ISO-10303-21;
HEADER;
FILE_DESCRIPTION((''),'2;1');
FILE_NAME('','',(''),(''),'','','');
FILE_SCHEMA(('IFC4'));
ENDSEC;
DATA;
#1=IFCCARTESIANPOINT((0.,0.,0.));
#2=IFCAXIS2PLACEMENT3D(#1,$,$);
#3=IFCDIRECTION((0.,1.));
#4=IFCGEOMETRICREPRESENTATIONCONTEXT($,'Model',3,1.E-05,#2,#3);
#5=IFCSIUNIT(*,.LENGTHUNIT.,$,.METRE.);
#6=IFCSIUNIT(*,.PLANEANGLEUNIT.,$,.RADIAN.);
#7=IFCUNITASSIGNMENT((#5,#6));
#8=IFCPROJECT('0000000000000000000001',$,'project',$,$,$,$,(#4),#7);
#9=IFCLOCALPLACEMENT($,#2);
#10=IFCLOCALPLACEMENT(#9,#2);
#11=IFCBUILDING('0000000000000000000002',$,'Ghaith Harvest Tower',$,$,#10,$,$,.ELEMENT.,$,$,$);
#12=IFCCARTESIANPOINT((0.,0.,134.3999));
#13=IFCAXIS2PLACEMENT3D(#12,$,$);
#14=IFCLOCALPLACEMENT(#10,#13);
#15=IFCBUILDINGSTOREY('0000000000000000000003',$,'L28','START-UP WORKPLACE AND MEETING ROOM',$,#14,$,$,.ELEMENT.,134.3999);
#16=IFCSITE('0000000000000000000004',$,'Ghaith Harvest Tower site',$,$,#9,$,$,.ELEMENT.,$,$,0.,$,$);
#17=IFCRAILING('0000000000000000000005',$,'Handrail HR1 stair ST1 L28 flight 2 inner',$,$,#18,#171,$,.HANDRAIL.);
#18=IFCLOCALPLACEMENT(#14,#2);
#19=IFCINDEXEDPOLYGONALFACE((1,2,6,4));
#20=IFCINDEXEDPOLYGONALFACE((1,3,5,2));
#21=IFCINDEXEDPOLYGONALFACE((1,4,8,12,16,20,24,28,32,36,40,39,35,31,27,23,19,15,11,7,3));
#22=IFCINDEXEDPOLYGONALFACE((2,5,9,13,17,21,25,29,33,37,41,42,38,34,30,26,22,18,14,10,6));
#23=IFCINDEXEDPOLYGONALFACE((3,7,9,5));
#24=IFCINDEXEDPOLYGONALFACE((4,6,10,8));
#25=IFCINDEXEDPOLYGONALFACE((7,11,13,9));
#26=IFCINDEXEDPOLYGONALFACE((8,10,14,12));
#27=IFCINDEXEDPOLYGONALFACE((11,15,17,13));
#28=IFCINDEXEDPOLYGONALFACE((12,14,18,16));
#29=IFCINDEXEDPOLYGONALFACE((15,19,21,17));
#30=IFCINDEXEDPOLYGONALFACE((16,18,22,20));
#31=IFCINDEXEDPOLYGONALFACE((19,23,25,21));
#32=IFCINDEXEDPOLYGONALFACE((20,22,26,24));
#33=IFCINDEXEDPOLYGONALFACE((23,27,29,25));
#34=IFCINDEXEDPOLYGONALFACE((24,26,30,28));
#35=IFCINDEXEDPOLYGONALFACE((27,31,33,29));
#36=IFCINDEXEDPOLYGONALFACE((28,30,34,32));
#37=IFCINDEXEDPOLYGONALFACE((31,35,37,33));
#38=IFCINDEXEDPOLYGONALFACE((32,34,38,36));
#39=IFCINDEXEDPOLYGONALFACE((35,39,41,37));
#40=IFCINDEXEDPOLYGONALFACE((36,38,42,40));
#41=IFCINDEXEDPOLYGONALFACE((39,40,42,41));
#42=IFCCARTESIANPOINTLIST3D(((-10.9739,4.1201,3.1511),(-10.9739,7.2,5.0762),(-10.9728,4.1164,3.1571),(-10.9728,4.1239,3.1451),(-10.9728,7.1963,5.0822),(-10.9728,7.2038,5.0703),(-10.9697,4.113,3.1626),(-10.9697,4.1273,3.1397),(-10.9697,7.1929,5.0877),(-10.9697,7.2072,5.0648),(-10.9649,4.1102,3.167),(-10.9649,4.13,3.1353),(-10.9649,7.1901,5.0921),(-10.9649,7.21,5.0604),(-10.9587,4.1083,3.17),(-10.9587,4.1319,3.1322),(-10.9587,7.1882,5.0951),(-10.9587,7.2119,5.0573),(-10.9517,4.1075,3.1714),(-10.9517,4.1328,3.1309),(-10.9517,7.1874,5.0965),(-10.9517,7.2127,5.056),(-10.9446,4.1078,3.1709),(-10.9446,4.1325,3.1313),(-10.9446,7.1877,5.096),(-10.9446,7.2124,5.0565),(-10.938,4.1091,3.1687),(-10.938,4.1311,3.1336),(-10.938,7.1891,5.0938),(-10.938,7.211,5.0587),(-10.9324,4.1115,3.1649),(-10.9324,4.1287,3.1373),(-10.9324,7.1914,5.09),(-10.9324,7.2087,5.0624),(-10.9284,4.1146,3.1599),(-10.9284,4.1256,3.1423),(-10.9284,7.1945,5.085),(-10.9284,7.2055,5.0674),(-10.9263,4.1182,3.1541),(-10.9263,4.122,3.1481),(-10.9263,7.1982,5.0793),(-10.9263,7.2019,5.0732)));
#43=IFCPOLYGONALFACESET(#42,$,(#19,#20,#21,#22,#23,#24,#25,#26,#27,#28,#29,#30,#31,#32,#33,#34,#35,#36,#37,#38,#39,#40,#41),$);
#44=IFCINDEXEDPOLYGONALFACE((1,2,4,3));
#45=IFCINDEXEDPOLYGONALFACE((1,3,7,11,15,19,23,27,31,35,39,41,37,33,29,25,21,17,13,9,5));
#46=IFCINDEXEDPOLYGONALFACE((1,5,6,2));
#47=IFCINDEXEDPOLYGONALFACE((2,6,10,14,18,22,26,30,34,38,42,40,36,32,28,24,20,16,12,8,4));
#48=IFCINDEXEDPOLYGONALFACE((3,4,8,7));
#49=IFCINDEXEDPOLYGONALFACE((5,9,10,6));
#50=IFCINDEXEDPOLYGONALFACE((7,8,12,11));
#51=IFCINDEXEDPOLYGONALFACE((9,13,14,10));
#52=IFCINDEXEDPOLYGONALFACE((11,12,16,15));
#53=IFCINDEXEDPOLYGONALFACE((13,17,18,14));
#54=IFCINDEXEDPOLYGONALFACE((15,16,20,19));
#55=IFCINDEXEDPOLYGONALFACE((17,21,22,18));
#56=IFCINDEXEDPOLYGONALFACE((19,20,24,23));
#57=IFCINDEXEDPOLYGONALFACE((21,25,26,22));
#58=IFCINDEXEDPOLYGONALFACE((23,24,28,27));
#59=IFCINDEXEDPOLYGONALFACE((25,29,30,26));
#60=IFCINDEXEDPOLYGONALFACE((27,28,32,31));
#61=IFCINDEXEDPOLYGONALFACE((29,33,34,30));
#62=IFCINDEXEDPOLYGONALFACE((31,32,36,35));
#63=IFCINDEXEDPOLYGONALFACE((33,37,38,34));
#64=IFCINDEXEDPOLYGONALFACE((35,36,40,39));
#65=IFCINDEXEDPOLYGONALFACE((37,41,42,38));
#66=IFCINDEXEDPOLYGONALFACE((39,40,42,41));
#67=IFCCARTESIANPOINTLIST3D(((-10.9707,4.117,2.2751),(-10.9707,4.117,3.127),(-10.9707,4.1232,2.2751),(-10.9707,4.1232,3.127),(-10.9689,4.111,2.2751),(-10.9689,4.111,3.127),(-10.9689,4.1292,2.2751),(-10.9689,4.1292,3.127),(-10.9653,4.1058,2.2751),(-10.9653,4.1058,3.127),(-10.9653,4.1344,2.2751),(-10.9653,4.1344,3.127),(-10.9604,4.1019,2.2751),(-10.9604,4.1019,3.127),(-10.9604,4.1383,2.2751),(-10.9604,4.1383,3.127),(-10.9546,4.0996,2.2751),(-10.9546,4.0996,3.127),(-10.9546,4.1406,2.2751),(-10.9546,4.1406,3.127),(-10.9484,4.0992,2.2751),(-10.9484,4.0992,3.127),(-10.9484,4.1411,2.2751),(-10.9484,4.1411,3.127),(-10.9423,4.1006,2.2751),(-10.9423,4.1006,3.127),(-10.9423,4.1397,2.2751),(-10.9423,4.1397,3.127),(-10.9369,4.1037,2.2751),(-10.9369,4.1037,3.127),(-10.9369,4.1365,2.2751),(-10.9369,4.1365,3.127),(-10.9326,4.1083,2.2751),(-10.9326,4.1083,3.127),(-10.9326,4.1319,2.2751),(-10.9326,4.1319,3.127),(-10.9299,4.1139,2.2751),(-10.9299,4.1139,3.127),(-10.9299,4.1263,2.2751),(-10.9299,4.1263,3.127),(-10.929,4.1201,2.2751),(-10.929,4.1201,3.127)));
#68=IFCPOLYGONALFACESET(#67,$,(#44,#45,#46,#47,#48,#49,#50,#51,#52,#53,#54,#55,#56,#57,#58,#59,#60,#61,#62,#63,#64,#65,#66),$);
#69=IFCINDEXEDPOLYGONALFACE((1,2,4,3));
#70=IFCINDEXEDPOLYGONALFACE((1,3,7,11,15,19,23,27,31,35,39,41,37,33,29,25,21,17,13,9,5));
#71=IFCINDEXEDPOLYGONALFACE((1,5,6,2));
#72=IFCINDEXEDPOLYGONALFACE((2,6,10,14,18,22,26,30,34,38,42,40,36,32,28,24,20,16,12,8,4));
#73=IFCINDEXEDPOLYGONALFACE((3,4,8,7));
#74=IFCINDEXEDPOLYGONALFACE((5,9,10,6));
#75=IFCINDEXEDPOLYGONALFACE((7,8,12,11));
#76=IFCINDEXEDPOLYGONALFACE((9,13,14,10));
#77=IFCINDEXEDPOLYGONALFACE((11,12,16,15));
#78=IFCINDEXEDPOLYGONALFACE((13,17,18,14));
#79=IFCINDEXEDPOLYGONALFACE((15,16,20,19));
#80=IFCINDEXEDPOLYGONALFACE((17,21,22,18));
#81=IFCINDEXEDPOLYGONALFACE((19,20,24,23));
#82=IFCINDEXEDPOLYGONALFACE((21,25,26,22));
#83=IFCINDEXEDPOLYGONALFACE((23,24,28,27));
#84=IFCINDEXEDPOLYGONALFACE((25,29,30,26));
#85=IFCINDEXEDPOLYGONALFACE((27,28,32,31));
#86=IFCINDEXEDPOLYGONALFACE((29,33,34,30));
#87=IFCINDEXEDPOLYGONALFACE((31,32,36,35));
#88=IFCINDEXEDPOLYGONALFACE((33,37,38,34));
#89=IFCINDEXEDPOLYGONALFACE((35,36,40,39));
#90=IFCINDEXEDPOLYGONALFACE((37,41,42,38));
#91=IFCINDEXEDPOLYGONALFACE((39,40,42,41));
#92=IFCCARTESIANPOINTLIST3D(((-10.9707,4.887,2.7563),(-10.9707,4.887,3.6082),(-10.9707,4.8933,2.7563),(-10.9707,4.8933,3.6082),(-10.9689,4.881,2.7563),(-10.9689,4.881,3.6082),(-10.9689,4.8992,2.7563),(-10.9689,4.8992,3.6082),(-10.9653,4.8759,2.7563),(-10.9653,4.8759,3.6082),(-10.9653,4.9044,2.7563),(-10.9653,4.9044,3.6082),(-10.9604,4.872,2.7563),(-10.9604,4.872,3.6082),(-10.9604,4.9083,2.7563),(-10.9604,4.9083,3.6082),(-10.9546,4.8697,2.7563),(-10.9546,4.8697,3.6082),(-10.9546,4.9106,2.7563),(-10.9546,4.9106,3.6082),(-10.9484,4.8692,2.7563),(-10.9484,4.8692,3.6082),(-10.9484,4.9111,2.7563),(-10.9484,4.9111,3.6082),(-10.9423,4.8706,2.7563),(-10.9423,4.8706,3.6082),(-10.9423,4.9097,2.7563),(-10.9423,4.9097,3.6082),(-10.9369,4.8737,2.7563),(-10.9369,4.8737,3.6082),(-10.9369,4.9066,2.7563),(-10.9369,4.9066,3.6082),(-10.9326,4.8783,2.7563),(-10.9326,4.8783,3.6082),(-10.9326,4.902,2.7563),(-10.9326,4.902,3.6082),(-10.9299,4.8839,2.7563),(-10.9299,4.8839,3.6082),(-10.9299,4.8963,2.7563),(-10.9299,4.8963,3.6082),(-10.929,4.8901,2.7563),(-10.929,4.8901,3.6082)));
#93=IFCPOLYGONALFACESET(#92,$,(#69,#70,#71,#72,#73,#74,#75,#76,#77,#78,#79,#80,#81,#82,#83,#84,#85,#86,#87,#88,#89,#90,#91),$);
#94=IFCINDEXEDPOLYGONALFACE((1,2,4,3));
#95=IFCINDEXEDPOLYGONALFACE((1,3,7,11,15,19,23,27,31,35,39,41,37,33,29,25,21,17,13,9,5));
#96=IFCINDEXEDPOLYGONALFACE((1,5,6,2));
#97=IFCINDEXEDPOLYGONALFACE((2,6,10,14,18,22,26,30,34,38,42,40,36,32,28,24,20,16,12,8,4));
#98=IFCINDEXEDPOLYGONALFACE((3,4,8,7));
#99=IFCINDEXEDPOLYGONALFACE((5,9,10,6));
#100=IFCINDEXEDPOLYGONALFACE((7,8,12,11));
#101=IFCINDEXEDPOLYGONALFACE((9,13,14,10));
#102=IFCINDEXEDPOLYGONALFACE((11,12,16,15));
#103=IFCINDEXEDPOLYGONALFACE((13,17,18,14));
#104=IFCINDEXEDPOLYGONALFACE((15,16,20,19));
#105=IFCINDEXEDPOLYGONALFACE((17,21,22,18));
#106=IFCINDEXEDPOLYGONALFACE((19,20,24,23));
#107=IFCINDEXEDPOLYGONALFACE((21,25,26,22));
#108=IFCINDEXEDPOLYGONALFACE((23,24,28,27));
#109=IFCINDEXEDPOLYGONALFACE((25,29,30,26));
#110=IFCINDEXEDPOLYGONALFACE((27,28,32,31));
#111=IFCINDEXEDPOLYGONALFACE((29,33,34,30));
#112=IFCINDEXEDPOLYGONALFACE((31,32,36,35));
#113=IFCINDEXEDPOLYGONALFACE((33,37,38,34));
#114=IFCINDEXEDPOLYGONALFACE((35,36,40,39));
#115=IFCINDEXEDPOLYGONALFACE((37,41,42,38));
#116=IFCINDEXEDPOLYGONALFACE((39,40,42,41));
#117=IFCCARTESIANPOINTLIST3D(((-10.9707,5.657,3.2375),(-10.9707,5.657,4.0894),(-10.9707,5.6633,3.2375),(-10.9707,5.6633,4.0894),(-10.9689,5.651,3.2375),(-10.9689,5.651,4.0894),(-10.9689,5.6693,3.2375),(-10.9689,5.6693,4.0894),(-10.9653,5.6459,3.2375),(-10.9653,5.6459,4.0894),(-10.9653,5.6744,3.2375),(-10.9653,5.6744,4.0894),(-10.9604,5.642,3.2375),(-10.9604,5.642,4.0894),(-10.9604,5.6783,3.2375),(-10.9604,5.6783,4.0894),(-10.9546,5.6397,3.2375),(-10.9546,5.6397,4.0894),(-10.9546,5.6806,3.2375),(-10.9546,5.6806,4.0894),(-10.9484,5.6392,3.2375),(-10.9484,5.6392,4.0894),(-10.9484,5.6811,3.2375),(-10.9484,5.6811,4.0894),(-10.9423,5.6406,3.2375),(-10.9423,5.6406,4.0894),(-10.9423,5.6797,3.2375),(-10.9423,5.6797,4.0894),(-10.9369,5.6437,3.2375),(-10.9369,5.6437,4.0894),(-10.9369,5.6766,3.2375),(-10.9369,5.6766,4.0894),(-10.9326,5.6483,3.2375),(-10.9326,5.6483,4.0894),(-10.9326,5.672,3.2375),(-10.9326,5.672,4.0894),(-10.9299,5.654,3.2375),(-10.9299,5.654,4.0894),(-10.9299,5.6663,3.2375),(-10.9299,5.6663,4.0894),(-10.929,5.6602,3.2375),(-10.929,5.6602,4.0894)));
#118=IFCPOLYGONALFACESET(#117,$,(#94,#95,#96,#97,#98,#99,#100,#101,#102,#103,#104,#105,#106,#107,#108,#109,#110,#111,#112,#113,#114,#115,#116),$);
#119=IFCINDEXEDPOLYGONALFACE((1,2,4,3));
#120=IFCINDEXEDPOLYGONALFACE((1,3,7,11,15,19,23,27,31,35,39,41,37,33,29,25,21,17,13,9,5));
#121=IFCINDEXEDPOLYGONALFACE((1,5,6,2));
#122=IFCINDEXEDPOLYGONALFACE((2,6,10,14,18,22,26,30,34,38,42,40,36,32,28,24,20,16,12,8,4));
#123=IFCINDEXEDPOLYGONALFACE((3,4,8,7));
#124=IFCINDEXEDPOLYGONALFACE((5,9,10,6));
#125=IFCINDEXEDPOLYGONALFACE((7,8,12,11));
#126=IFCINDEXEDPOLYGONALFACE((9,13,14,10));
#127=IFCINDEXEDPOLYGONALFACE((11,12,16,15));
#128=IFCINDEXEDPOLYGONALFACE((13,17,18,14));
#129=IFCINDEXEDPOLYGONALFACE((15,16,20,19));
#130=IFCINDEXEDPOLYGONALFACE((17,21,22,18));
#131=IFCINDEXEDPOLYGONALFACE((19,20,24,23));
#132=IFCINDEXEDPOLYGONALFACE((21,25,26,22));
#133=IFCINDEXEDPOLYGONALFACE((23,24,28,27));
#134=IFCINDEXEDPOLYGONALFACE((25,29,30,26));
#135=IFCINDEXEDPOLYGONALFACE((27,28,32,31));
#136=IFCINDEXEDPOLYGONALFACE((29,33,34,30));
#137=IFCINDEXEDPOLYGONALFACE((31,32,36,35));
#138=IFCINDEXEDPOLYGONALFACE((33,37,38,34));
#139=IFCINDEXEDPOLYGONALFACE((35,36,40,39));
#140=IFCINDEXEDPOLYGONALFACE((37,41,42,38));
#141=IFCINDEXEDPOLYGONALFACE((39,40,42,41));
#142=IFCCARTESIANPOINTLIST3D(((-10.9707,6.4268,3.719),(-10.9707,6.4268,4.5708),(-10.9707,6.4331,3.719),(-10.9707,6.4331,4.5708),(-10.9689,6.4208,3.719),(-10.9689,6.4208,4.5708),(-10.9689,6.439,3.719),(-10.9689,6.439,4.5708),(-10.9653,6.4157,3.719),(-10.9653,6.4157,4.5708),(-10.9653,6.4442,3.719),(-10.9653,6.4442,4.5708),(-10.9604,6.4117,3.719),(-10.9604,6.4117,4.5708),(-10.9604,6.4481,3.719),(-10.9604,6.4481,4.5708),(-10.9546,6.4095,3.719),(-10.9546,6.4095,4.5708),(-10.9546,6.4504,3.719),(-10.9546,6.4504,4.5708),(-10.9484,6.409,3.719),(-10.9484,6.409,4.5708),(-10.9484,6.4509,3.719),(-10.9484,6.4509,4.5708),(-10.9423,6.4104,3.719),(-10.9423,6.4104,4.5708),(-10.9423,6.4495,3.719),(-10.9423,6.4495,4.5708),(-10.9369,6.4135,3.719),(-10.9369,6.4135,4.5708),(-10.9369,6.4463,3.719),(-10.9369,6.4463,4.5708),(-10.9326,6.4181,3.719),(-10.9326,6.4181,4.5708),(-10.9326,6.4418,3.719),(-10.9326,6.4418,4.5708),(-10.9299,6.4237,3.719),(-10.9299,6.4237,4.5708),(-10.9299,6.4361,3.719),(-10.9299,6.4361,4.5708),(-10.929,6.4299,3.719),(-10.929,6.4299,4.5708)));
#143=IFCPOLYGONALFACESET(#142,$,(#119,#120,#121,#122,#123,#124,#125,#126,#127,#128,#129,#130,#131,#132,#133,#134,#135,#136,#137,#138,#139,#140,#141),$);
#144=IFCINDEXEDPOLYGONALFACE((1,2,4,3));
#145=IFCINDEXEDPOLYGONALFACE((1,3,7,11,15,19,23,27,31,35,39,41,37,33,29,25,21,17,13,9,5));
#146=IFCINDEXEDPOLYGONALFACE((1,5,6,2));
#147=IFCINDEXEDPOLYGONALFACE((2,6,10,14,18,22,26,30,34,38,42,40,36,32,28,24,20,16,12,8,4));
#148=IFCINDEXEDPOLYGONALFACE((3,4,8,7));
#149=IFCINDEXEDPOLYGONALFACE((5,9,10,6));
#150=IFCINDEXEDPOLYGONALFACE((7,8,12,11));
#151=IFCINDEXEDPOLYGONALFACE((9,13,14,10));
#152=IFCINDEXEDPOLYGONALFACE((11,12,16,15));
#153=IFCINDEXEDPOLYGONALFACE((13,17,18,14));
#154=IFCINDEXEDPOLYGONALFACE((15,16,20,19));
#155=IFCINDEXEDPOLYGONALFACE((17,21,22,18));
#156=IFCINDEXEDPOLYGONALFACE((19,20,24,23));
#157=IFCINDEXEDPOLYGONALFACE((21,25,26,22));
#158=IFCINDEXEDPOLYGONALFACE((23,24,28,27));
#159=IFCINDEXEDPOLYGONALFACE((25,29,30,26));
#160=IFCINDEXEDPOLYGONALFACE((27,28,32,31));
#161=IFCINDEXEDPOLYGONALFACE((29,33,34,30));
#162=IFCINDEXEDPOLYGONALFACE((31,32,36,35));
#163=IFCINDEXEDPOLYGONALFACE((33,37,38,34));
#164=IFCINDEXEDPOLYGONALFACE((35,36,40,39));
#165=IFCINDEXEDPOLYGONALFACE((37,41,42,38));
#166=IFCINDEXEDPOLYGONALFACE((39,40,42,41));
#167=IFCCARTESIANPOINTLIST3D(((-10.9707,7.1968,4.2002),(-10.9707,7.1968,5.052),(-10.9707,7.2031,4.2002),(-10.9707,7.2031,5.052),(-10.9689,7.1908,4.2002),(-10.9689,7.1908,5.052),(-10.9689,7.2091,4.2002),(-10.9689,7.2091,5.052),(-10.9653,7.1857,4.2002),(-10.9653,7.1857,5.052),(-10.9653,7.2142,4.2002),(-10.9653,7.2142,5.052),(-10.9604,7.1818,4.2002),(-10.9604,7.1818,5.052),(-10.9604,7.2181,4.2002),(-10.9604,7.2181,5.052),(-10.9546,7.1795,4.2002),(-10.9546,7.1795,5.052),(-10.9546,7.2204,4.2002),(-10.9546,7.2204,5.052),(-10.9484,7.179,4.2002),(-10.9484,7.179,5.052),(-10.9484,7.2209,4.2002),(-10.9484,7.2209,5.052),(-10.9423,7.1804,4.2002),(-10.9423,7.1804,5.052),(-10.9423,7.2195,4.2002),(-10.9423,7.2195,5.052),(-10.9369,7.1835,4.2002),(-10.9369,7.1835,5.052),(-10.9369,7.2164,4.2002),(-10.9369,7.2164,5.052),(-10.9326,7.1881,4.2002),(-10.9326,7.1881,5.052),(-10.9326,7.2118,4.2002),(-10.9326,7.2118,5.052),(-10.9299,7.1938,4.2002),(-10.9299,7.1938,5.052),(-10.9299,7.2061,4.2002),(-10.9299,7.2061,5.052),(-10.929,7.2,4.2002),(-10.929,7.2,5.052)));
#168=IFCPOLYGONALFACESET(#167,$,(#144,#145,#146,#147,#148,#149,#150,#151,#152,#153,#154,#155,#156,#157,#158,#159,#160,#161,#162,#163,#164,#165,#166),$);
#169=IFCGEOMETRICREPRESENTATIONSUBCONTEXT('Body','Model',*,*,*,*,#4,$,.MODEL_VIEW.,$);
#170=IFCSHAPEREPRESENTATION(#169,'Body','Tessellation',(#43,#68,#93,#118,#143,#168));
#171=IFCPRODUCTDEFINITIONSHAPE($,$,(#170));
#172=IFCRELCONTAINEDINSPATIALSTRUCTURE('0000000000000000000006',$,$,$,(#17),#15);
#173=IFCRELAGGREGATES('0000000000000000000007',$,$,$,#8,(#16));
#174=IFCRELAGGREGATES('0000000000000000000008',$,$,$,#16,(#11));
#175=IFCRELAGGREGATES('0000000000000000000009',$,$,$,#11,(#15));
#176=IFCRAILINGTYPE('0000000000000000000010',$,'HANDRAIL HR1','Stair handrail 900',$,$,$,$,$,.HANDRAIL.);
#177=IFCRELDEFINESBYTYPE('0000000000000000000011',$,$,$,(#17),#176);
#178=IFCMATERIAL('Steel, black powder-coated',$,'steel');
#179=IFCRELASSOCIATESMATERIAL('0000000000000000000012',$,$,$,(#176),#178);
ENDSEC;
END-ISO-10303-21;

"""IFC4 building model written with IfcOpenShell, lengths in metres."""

from ifc_helpers import new_model, si_unit, direction, frame, origin, origin_2d, place, context, subcontext, project, spatial, circle, extrude, material, type_object, element, save


model = new_model("IFC4")

# Units and contexts
model_context = context("Model", 3, precision=1e-05, world=origin(), true_north=direction((0.0, 1.0)))
body_context = subcontext(model_context, "Body", "Model", "MODEL_VIEW")
ifc_project = project(units=[si_unit("LENGTHUNIT", "METRE"), si_unit("PLANEANGLEUNIT", "RADIAN")], contexts=[model_context])

# Site, building, storey
site_placement = place(None, origin())
site = spatial("IfcSite", under=ifc_project, at=site_placement, Name="Ghaith Harvest Tower site", CompositionType="ELEMENT", RefElevation=0.0)
building_placement = place(site_placement, origin())
building = spatial("IfcBuilding", under=site, at=building_placement, Name="Ghaith Harvest Tower", CompositionType="ELEMENT")
storey_placement = place(building_placement, frame((0.0, 0.0, 134.3999)))
storey = spatial("IfcBuildingStorey", under=building, at=storey_placement, Name="L28", Description="START-UP WORKPLACE AND MEETING ROOM", CompositionType="ELEMENT", Elevation=134.3999)

# Railing
ifc_material_1 = material(Name="Steel, black powder-coated", Category="steel")
railing_type = type_object("IfcRailingType", Name="HANDRAIL HR1", Description="Stair handrail 900", PredefinedType="HANDRAIL", material=ifc_material_1)
railing_1_placement = place(storey_placement, frame((-10.95, 4.1201, 2.2751)))
element("IfcRailing", 1, at=railing_1_placement, inside=storey, type_object=railing_type, Name="Handrail HR1 stair ST1 L28 flight 2 inner", PredefinedType="HANDRAIL", context=body_context, shape_type="SweptSolid", body=[
    extrude(circle(Radius=0.0239, at=origin_2d()), frame((0.0, 0.0, 0.876), z_axis=(0.0, 0.847979, 0.530029), x_axis=(-1.0, 0.0, 0.0)), (0.0, 0.0, 1.0), 3.6321),
    extrude(circle(Radius=0.021, at=origin_2d()), origin(), (0.0, 0.0, 1.0), 0.8518),
    extrude(circle(Radius=0.021, at=origin_2d()), frame((0.0, 0.77, 0.4812)), (0.0, 0.0, 1.0), 0.8518),
    extrude(circle(Radius=0.021, at=origin_2d()), frame((0.0, 1.54, 0.9624)), (0.0, 0.0, 1.0), 0.8518),
    extrude(circle(Radius=0.021, at=origin_2d()), frame((0.0, 2.3098, 1.4438)), (0.0, 0.0, 1.0), 0.8518),
    extrude(circle(Radius=0.021, at=origin_2d()), frame((0.0, 3.0798, 1.925)), (0.0, 0.0, 1.0), 0.8518),
])

save(model, "model.ifc")
